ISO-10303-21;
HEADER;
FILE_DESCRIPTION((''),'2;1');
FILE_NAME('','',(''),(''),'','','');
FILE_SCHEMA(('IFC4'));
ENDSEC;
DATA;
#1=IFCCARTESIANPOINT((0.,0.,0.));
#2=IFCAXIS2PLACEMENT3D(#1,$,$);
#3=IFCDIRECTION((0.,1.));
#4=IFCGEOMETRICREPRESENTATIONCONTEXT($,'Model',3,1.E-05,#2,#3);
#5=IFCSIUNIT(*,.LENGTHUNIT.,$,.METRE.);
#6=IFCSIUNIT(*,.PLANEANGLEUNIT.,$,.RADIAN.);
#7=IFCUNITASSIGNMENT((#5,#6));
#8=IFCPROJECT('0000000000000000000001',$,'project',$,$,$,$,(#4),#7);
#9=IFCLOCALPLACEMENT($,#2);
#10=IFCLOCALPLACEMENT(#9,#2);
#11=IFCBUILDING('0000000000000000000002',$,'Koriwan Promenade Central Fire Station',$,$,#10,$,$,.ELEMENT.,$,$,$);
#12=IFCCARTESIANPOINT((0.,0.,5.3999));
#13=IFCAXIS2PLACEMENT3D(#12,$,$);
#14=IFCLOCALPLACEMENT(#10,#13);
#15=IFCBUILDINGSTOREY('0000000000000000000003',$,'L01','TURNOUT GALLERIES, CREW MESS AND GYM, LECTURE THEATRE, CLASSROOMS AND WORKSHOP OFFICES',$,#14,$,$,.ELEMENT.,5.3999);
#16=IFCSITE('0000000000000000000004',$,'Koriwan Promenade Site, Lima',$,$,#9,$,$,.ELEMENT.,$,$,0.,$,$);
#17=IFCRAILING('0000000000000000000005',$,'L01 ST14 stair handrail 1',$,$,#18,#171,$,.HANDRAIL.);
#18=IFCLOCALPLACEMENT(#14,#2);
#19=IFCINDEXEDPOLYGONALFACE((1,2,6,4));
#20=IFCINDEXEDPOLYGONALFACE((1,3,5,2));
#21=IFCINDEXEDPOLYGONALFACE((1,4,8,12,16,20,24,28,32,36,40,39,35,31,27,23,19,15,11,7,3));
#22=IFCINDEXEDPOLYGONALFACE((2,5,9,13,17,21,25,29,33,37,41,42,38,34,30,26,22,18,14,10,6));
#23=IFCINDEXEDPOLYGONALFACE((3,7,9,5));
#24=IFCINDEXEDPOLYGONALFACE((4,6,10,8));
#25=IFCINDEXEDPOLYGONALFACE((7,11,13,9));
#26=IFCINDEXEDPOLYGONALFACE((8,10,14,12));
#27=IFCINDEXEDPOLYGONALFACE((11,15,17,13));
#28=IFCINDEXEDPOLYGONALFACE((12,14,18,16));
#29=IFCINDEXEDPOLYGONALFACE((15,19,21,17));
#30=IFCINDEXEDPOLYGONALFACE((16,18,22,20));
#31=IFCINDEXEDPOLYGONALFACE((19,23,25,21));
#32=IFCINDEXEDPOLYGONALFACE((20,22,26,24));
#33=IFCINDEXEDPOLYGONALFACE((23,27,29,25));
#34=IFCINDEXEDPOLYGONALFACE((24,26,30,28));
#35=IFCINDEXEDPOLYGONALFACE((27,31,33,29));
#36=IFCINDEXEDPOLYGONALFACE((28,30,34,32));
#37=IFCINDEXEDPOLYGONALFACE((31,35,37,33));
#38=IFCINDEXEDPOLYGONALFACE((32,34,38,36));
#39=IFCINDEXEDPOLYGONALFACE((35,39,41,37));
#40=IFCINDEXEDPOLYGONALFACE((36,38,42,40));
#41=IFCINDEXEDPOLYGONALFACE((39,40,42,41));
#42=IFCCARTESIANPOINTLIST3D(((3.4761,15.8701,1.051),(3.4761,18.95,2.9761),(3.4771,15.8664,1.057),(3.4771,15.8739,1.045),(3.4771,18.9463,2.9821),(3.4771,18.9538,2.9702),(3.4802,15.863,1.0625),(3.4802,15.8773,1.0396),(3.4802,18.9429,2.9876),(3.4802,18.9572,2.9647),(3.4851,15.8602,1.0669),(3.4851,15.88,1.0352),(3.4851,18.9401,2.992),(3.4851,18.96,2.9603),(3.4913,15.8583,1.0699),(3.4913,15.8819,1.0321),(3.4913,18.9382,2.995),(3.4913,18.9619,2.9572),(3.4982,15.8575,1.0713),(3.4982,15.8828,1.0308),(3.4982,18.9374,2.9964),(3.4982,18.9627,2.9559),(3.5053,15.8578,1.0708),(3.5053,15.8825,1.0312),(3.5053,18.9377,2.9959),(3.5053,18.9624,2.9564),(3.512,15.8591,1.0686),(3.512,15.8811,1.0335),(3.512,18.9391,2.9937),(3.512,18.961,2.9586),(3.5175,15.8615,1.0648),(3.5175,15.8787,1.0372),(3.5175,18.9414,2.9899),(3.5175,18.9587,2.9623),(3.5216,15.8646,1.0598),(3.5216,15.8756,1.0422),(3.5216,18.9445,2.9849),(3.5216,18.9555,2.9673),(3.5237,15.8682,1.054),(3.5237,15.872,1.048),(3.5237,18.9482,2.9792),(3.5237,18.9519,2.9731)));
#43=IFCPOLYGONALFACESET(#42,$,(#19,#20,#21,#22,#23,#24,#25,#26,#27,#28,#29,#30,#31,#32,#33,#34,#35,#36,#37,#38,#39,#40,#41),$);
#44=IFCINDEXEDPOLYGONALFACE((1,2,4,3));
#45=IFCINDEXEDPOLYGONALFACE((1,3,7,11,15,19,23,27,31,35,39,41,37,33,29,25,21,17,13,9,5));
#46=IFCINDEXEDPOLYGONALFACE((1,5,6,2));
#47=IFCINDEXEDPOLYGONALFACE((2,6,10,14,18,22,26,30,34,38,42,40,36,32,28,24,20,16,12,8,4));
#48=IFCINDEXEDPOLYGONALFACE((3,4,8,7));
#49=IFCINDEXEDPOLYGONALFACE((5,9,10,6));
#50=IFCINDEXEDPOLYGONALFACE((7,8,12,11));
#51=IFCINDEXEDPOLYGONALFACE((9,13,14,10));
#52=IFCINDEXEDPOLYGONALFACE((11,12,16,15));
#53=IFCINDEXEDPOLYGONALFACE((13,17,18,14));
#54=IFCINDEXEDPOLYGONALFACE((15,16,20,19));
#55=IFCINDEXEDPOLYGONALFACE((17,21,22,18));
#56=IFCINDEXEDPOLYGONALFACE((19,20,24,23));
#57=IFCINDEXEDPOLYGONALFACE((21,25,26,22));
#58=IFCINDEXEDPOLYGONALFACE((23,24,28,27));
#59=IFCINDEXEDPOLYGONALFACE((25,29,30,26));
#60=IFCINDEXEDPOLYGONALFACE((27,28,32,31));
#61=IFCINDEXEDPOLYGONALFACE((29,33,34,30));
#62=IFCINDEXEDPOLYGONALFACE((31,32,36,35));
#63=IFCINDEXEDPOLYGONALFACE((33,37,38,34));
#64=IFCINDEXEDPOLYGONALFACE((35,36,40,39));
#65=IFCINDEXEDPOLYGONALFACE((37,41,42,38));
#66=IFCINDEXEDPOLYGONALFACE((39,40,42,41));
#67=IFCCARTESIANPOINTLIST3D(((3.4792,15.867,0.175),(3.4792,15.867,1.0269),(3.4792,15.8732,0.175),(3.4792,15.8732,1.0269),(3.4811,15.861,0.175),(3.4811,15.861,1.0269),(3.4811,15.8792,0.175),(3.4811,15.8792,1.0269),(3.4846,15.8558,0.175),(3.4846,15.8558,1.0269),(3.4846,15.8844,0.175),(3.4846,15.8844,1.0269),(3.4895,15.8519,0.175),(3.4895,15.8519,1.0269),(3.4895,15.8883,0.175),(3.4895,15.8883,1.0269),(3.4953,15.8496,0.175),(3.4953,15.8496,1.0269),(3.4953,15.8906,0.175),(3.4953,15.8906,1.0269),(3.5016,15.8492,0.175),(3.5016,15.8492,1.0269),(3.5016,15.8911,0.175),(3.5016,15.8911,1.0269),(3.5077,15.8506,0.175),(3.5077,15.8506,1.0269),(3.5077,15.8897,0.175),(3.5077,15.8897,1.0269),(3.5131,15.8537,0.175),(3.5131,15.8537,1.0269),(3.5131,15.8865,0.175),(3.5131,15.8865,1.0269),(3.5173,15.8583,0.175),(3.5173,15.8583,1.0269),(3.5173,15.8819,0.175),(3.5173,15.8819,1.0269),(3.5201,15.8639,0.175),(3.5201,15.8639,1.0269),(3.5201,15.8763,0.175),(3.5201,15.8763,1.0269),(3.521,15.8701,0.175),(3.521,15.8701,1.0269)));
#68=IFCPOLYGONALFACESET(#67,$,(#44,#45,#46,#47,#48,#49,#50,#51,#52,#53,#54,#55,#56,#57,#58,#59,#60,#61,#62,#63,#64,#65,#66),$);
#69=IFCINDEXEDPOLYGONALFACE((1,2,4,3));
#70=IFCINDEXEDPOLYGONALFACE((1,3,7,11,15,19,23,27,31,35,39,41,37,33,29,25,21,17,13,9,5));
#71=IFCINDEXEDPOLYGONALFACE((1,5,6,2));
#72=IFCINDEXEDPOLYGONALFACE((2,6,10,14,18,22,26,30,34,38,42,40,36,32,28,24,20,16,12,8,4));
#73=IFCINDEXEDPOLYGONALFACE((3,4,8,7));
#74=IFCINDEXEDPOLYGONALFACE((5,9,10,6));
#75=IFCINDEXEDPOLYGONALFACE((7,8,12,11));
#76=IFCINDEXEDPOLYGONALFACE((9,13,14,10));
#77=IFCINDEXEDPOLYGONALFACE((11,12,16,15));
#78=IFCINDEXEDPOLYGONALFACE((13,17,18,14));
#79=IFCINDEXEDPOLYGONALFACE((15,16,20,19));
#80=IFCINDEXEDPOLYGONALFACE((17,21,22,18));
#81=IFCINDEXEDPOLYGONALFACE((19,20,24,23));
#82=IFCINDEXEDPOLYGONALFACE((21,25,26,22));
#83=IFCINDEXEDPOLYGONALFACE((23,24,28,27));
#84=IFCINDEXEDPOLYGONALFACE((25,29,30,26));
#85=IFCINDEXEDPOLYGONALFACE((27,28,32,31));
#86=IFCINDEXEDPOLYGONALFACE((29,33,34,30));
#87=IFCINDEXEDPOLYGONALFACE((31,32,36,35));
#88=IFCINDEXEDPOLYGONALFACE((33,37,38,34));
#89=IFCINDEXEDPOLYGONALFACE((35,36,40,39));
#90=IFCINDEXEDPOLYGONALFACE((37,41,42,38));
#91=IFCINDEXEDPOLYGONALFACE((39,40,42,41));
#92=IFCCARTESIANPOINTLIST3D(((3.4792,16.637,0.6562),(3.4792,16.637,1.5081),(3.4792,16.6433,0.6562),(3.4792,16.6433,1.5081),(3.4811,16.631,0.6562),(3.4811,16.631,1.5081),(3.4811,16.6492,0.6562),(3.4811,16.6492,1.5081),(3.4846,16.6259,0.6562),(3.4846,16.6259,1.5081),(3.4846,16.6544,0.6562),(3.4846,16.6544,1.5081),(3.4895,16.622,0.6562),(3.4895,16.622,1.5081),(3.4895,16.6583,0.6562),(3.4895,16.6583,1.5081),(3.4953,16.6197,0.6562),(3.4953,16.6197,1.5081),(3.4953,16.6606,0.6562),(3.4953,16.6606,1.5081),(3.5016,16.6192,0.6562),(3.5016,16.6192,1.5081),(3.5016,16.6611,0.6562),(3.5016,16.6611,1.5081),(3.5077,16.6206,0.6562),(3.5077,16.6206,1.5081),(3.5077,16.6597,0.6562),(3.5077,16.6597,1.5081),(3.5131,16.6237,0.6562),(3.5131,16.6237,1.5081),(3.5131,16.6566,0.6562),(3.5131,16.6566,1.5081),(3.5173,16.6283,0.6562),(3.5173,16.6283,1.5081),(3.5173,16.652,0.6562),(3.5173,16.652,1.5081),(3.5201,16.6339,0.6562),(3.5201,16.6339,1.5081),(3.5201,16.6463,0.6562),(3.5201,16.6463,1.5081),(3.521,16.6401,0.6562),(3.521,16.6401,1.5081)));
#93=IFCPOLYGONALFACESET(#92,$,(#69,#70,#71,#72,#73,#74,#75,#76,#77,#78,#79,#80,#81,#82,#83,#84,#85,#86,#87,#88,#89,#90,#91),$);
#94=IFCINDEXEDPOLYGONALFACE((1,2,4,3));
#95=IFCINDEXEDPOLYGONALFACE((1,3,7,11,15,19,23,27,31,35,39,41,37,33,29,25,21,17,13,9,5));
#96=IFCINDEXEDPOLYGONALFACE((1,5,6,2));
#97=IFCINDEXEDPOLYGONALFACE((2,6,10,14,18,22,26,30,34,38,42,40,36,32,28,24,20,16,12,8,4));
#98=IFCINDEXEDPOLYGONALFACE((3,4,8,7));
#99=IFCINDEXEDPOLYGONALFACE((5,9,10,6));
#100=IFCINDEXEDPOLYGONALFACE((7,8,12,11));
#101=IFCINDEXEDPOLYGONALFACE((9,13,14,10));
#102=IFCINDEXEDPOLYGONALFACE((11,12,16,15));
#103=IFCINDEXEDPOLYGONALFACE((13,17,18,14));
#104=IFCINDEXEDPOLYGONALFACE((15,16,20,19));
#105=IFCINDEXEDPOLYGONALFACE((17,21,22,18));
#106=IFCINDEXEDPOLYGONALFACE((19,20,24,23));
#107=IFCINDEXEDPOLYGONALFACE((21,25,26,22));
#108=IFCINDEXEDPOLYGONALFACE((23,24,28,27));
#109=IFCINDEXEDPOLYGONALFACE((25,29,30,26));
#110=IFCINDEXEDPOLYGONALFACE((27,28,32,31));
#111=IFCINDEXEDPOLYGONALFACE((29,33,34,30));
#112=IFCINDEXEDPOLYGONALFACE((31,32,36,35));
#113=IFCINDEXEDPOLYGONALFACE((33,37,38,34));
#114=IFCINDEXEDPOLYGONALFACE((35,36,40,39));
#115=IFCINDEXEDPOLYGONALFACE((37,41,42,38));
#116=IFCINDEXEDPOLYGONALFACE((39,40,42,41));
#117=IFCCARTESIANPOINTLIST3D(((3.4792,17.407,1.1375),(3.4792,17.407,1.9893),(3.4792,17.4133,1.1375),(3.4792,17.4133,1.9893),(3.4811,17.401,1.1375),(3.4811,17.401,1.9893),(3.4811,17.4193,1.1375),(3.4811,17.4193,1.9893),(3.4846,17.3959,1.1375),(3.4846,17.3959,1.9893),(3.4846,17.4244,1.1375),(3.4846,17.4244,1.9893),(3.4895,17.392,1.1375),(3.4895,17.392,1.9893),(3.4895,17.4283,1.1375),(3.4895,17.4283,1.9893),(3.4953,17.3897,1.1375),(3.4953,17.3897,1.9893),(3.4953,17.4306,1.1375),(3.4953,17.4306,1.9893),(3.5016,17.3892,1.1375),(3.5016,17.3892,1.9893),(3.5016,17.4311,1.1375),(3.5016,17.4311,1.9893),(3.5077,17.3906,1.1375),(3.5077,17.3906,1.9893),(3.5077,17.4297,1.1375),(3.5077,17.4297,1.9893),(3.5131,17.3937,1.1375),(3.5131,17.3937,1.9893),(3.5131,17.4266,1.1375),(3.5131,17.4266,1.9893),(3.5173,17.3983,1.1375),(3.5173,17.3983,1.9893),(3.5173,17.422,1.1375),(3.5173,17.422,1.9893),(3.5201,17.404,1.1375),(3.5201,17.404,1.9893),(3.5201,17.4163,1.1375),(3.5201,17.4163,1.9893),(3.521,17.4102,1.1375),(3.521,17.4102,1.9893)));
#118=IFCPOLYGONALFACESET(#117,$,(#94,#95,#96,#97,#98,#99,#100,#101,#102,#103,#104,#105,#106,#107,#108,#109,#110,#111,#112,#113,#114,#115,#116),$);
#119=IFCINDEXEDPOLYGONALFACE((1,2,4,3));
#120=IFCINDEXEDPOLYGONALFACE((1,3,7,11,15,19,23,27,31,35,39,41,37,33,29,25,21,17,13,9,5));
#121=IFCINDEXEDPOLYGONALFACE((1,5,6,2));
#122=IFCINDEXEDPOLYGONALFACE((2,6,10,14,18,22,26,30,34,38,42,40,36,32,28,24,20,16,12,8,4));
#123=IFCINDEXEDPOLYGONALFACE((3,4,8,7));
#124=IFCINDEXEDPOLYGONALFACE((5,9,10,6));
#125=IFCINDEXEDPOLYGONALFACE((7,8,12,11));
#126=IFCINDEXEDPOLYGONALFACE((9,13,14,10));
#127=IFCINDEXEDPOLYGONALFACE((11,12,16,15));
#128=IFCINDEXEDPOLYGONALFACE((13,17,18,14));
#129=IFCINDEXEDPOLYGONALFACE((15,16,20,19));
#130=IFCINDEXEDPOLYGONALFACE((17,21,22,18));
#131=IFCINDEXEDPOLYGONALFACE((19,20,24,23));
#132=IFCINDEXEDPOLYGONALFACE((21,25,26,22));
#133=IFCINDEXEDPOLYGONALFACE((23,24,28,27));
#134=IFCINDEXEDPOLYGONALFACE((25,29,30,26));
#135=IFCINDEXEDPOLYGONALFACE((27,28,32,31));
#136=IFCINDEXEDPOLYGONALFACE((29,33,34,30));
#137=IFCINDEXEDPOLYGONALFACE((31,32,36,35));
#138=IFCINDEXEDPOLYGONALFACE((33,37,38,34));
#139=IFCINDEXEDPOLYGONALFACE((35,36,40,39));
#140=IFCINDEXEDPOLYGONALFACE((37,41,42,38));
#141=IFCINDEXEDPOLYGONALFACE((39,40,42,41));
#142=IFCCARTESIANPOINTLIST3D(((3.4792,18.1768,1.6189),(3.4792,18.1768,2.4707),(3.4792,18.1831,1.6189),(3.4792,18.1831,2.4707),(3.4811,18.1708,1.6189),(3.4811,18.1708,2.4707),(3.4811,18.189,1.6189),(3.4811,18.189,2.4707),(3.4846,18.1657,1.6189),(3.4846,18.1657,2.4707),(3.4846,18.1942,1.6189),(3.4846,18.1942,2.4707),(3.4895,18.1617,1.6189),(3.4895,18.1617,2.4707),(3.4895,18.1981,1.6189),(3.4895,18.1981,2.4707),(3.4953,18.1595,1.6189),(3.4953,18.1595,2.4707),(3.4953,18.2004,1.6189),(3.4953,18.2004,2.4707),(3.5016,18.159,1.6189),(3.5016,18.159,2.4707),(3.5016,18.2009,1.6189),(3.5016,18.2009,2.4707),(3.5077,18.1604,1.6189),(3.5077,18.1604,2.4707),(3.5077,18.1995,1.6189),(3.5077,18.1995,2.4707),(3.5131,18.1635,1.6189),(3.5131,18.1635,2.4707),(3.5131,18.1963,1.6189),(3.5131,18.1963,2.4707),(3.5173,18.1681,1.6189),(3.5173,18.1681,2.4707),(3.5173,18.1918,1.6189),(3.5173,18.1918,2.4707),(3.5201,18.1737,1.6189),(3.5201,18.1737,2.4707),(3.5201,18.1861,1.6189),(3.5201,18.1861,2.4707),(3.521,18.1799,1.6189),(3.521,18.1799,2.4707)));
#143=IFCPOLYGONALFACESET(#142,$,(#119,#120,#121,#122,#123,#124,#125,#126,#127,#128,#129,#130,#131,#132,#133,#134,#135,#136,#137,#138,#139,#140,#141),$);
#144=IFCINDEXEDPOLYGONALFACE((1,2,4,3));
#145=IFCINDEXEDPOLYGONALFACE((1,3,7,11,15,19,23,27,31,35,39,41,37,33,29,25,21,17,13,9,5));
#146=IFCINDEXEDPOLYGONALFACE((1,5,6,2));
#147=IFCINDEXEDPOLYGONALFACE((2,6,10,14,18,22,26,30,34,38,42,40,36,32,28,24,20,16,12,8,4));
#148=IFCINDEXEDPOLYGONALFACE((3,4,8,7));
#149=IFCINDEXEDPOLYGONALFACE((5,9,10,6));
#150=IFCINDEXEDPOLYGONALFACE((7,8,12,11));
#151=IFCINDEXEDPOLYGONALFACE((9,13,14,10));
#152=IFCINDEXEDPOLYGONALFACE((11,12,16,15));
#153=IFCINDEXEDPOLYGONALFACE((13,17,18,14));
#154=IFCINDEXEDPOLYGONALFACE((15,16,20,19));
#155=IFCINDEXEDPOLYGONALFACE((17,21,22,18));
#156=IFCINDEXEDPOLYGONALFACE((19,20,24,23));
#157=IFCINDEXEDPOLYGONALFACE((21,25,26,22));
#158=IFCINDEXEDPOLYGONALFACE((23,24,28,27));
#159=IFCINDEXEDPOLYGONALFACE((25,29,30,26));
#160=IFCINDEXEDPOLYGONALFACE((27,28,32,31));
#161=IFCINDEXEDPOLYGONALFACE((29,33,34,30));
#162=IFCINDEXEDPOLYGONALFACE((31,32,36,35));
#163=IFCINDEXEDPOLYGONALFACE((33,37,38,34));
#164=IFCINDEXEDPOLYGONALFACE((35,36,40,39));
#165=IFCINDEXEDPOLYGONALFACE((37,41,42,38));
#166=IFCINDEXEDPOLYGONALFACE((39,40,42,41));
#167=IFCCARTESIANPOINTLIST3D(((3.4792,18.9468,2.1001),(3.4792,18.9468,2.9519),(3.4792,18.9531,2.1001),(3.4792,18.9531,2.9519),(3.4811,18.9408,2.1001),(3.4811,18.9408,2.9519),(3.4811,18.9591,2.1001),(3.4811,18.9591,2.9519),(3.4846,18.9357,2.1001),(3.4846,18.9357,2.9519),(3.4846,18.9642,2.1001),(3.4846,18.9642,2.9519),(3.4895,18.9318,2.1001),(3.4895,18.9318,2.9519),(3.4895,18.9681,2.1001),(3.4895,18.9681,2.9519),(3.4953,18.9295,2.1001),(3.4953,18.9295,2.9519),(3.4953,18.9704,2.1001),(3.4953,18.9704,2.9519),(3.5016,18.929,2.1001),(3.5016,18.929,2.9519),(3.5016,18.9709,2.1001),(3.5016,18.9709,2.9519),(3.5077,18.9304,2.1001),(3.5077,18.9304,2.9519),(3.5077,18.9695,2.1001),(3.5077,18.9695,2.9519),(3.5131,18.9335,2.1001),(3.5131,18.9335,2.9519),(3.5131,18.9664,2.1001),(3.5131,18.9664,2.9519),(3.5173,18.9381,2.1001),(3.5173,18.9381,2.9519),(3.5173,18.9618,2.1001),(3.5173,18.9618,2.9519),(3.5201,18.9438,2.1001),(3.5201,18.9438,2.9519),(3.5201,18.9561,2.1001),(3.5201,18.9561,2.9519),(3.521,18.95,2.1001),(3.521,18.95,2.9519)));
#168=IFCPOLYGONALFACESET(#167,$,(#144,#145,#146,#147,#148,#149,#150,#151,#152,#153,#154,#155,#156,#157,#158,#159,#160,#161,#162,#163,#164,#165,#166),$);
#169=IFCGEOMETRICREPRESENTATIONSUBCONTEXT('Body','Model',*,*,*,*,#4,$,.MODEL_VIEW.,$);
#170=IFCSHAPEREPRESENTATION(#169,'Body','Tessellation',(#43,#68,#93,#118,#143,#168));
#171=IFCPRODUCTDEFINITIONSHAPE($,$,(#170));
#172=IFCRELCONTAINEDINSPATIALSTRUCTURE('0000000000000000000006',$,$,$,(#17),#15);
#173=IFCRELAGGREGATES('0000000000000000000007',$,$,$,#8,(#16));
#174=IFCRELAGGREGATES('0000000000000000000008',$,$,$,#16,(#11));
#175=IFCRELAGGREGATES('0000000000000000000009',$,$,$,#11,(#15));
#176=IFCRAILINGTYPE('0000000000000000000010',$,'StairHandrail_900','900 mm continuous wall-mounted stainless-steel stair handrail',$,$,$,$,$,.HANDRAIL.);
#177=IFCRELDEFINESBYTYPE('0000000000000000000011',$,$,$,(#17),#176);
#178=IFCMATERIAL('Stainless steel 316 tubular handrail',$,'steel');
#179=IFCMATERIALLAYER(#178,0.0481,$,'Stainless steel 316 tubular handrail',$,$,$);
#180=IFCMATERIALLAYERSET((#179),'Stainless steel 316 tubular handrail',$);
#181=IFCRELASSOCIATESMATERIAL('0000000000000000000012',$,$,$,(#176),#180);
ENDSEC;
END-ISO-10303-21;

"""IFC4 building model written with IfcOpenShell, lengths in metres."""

from ifc_helpers import new_model, si_unit, direction, frame, origin, origin_2d, place, context, subcontext, project, spatial, circle, extrude, material, layer, layer_set, type_object, element, save


model = new_model("IFC4")

# Units and contexts
model_context = context("Model", 3, precision=1e-05, world=origin(), true_north=direction((0.0, 1.0)))
body_context = subcontext(model_context, "Body", "Model", "MODEL_VIEW")
ifc_project = project(units=[si_unit("LENGTHUNIT", "METRE"), si_unit("PLANEANGLEUNIT", "RADIAN")], contexts=[model_context])

# Site, building, storey
site_placement = place(None, origin())
site = spatial("IfcSite", under=ifc_project, at=site_placement, Name="Koriwan Promenade Site, Lima", CompositionType="ELEMENT", RefElevation=0.0)
building_placement = place(site_placement, origin())
building = spatial("IfcBuilding", under=site, at=building_placement, Name="Koriwan Promenade Central Fire Station", CompositionType="ELEMENT")
storey_placement = place(building_placement, frame((0.0, 0.0, 5.3999)))
storey = spatial("IfcBuildingStorey", under=building, at=storey_placement, Name="L01", Description="TURNOUT GALLERIES, CREW MESS AND GYM, LECTURE THEATRE, CLASSROOMS AND WORKSHOP OFFICES", CompositionType="ELEMENT", Elevation=5.3999)

# Railing
ifc_material_1 = material(Name="Stainless steel 316 tubular handrail", Category="steel")
ifc_layer_1 = layer(ifc_material_1, 0.0481, Name="Stainless steel 316 tubular handrail")
ifc_layer_set_1 = layer_set([ifc_layer_1], Name="Stainless steel 316 tubular handrail")
railing_type_1 = type_object("IfcRailingType", Name="StairHandrail_900", Description="900 mm continuous wall-mounted stainless-steel stair handrail", PredefinedType="HANDRAIL", material=ifc_layer_set_1)
railing_1_placement = place(storey_placement, frame((3.5, 15.8701, 0.175)))
element("IfcRailing", 1, at=railing_1_placement, inside=storey, type_object=railing_type_1, Name="L01 ST14 stair handrail 1", PredefinedType="HANDRAIL", context=body_context, shape_type="SweptSolid", body=[
    extrude(circle(Radius=0.0239, at=origin_2d()), frame((0.0, 0.0, 0.876), z_axis=(0.0, 0.847979, 0.530029), x_axis=(-1.0, 0.0, 0.0)), (0.0, 0.0, 1.0), 3.6321),
    extrude(circle(Radius=0.021, at=origin_2d()), origin(), (0.0, 0.0, 1.0), 0.8518),
    extrude(circle(Radius=0.021, at=origin_2d()), frame((0.0, 0.77, 0.4812)), (0.0, 0.0, 1.0), 0.8518),
    extrude(circle(Radius=0.021, at=origin_2d()), frame((0.0, 1.54, 0.9624)), (0.0, 0.0, 1.0), 0.8518),
    extrude(circle(Radius=0.021, at=origin_2d()), frame((0.0, 2.3098, 1.4438)), (0.0, 0.0, 1.0), 0.8518),
    extrude(circle(Radius=0.021, at=origin_2d()), frame((0.0, 3.0798, 1.925)), (0.0, 0.0, 1.0), 0.8518),
])

save(model, "model.ifc")
